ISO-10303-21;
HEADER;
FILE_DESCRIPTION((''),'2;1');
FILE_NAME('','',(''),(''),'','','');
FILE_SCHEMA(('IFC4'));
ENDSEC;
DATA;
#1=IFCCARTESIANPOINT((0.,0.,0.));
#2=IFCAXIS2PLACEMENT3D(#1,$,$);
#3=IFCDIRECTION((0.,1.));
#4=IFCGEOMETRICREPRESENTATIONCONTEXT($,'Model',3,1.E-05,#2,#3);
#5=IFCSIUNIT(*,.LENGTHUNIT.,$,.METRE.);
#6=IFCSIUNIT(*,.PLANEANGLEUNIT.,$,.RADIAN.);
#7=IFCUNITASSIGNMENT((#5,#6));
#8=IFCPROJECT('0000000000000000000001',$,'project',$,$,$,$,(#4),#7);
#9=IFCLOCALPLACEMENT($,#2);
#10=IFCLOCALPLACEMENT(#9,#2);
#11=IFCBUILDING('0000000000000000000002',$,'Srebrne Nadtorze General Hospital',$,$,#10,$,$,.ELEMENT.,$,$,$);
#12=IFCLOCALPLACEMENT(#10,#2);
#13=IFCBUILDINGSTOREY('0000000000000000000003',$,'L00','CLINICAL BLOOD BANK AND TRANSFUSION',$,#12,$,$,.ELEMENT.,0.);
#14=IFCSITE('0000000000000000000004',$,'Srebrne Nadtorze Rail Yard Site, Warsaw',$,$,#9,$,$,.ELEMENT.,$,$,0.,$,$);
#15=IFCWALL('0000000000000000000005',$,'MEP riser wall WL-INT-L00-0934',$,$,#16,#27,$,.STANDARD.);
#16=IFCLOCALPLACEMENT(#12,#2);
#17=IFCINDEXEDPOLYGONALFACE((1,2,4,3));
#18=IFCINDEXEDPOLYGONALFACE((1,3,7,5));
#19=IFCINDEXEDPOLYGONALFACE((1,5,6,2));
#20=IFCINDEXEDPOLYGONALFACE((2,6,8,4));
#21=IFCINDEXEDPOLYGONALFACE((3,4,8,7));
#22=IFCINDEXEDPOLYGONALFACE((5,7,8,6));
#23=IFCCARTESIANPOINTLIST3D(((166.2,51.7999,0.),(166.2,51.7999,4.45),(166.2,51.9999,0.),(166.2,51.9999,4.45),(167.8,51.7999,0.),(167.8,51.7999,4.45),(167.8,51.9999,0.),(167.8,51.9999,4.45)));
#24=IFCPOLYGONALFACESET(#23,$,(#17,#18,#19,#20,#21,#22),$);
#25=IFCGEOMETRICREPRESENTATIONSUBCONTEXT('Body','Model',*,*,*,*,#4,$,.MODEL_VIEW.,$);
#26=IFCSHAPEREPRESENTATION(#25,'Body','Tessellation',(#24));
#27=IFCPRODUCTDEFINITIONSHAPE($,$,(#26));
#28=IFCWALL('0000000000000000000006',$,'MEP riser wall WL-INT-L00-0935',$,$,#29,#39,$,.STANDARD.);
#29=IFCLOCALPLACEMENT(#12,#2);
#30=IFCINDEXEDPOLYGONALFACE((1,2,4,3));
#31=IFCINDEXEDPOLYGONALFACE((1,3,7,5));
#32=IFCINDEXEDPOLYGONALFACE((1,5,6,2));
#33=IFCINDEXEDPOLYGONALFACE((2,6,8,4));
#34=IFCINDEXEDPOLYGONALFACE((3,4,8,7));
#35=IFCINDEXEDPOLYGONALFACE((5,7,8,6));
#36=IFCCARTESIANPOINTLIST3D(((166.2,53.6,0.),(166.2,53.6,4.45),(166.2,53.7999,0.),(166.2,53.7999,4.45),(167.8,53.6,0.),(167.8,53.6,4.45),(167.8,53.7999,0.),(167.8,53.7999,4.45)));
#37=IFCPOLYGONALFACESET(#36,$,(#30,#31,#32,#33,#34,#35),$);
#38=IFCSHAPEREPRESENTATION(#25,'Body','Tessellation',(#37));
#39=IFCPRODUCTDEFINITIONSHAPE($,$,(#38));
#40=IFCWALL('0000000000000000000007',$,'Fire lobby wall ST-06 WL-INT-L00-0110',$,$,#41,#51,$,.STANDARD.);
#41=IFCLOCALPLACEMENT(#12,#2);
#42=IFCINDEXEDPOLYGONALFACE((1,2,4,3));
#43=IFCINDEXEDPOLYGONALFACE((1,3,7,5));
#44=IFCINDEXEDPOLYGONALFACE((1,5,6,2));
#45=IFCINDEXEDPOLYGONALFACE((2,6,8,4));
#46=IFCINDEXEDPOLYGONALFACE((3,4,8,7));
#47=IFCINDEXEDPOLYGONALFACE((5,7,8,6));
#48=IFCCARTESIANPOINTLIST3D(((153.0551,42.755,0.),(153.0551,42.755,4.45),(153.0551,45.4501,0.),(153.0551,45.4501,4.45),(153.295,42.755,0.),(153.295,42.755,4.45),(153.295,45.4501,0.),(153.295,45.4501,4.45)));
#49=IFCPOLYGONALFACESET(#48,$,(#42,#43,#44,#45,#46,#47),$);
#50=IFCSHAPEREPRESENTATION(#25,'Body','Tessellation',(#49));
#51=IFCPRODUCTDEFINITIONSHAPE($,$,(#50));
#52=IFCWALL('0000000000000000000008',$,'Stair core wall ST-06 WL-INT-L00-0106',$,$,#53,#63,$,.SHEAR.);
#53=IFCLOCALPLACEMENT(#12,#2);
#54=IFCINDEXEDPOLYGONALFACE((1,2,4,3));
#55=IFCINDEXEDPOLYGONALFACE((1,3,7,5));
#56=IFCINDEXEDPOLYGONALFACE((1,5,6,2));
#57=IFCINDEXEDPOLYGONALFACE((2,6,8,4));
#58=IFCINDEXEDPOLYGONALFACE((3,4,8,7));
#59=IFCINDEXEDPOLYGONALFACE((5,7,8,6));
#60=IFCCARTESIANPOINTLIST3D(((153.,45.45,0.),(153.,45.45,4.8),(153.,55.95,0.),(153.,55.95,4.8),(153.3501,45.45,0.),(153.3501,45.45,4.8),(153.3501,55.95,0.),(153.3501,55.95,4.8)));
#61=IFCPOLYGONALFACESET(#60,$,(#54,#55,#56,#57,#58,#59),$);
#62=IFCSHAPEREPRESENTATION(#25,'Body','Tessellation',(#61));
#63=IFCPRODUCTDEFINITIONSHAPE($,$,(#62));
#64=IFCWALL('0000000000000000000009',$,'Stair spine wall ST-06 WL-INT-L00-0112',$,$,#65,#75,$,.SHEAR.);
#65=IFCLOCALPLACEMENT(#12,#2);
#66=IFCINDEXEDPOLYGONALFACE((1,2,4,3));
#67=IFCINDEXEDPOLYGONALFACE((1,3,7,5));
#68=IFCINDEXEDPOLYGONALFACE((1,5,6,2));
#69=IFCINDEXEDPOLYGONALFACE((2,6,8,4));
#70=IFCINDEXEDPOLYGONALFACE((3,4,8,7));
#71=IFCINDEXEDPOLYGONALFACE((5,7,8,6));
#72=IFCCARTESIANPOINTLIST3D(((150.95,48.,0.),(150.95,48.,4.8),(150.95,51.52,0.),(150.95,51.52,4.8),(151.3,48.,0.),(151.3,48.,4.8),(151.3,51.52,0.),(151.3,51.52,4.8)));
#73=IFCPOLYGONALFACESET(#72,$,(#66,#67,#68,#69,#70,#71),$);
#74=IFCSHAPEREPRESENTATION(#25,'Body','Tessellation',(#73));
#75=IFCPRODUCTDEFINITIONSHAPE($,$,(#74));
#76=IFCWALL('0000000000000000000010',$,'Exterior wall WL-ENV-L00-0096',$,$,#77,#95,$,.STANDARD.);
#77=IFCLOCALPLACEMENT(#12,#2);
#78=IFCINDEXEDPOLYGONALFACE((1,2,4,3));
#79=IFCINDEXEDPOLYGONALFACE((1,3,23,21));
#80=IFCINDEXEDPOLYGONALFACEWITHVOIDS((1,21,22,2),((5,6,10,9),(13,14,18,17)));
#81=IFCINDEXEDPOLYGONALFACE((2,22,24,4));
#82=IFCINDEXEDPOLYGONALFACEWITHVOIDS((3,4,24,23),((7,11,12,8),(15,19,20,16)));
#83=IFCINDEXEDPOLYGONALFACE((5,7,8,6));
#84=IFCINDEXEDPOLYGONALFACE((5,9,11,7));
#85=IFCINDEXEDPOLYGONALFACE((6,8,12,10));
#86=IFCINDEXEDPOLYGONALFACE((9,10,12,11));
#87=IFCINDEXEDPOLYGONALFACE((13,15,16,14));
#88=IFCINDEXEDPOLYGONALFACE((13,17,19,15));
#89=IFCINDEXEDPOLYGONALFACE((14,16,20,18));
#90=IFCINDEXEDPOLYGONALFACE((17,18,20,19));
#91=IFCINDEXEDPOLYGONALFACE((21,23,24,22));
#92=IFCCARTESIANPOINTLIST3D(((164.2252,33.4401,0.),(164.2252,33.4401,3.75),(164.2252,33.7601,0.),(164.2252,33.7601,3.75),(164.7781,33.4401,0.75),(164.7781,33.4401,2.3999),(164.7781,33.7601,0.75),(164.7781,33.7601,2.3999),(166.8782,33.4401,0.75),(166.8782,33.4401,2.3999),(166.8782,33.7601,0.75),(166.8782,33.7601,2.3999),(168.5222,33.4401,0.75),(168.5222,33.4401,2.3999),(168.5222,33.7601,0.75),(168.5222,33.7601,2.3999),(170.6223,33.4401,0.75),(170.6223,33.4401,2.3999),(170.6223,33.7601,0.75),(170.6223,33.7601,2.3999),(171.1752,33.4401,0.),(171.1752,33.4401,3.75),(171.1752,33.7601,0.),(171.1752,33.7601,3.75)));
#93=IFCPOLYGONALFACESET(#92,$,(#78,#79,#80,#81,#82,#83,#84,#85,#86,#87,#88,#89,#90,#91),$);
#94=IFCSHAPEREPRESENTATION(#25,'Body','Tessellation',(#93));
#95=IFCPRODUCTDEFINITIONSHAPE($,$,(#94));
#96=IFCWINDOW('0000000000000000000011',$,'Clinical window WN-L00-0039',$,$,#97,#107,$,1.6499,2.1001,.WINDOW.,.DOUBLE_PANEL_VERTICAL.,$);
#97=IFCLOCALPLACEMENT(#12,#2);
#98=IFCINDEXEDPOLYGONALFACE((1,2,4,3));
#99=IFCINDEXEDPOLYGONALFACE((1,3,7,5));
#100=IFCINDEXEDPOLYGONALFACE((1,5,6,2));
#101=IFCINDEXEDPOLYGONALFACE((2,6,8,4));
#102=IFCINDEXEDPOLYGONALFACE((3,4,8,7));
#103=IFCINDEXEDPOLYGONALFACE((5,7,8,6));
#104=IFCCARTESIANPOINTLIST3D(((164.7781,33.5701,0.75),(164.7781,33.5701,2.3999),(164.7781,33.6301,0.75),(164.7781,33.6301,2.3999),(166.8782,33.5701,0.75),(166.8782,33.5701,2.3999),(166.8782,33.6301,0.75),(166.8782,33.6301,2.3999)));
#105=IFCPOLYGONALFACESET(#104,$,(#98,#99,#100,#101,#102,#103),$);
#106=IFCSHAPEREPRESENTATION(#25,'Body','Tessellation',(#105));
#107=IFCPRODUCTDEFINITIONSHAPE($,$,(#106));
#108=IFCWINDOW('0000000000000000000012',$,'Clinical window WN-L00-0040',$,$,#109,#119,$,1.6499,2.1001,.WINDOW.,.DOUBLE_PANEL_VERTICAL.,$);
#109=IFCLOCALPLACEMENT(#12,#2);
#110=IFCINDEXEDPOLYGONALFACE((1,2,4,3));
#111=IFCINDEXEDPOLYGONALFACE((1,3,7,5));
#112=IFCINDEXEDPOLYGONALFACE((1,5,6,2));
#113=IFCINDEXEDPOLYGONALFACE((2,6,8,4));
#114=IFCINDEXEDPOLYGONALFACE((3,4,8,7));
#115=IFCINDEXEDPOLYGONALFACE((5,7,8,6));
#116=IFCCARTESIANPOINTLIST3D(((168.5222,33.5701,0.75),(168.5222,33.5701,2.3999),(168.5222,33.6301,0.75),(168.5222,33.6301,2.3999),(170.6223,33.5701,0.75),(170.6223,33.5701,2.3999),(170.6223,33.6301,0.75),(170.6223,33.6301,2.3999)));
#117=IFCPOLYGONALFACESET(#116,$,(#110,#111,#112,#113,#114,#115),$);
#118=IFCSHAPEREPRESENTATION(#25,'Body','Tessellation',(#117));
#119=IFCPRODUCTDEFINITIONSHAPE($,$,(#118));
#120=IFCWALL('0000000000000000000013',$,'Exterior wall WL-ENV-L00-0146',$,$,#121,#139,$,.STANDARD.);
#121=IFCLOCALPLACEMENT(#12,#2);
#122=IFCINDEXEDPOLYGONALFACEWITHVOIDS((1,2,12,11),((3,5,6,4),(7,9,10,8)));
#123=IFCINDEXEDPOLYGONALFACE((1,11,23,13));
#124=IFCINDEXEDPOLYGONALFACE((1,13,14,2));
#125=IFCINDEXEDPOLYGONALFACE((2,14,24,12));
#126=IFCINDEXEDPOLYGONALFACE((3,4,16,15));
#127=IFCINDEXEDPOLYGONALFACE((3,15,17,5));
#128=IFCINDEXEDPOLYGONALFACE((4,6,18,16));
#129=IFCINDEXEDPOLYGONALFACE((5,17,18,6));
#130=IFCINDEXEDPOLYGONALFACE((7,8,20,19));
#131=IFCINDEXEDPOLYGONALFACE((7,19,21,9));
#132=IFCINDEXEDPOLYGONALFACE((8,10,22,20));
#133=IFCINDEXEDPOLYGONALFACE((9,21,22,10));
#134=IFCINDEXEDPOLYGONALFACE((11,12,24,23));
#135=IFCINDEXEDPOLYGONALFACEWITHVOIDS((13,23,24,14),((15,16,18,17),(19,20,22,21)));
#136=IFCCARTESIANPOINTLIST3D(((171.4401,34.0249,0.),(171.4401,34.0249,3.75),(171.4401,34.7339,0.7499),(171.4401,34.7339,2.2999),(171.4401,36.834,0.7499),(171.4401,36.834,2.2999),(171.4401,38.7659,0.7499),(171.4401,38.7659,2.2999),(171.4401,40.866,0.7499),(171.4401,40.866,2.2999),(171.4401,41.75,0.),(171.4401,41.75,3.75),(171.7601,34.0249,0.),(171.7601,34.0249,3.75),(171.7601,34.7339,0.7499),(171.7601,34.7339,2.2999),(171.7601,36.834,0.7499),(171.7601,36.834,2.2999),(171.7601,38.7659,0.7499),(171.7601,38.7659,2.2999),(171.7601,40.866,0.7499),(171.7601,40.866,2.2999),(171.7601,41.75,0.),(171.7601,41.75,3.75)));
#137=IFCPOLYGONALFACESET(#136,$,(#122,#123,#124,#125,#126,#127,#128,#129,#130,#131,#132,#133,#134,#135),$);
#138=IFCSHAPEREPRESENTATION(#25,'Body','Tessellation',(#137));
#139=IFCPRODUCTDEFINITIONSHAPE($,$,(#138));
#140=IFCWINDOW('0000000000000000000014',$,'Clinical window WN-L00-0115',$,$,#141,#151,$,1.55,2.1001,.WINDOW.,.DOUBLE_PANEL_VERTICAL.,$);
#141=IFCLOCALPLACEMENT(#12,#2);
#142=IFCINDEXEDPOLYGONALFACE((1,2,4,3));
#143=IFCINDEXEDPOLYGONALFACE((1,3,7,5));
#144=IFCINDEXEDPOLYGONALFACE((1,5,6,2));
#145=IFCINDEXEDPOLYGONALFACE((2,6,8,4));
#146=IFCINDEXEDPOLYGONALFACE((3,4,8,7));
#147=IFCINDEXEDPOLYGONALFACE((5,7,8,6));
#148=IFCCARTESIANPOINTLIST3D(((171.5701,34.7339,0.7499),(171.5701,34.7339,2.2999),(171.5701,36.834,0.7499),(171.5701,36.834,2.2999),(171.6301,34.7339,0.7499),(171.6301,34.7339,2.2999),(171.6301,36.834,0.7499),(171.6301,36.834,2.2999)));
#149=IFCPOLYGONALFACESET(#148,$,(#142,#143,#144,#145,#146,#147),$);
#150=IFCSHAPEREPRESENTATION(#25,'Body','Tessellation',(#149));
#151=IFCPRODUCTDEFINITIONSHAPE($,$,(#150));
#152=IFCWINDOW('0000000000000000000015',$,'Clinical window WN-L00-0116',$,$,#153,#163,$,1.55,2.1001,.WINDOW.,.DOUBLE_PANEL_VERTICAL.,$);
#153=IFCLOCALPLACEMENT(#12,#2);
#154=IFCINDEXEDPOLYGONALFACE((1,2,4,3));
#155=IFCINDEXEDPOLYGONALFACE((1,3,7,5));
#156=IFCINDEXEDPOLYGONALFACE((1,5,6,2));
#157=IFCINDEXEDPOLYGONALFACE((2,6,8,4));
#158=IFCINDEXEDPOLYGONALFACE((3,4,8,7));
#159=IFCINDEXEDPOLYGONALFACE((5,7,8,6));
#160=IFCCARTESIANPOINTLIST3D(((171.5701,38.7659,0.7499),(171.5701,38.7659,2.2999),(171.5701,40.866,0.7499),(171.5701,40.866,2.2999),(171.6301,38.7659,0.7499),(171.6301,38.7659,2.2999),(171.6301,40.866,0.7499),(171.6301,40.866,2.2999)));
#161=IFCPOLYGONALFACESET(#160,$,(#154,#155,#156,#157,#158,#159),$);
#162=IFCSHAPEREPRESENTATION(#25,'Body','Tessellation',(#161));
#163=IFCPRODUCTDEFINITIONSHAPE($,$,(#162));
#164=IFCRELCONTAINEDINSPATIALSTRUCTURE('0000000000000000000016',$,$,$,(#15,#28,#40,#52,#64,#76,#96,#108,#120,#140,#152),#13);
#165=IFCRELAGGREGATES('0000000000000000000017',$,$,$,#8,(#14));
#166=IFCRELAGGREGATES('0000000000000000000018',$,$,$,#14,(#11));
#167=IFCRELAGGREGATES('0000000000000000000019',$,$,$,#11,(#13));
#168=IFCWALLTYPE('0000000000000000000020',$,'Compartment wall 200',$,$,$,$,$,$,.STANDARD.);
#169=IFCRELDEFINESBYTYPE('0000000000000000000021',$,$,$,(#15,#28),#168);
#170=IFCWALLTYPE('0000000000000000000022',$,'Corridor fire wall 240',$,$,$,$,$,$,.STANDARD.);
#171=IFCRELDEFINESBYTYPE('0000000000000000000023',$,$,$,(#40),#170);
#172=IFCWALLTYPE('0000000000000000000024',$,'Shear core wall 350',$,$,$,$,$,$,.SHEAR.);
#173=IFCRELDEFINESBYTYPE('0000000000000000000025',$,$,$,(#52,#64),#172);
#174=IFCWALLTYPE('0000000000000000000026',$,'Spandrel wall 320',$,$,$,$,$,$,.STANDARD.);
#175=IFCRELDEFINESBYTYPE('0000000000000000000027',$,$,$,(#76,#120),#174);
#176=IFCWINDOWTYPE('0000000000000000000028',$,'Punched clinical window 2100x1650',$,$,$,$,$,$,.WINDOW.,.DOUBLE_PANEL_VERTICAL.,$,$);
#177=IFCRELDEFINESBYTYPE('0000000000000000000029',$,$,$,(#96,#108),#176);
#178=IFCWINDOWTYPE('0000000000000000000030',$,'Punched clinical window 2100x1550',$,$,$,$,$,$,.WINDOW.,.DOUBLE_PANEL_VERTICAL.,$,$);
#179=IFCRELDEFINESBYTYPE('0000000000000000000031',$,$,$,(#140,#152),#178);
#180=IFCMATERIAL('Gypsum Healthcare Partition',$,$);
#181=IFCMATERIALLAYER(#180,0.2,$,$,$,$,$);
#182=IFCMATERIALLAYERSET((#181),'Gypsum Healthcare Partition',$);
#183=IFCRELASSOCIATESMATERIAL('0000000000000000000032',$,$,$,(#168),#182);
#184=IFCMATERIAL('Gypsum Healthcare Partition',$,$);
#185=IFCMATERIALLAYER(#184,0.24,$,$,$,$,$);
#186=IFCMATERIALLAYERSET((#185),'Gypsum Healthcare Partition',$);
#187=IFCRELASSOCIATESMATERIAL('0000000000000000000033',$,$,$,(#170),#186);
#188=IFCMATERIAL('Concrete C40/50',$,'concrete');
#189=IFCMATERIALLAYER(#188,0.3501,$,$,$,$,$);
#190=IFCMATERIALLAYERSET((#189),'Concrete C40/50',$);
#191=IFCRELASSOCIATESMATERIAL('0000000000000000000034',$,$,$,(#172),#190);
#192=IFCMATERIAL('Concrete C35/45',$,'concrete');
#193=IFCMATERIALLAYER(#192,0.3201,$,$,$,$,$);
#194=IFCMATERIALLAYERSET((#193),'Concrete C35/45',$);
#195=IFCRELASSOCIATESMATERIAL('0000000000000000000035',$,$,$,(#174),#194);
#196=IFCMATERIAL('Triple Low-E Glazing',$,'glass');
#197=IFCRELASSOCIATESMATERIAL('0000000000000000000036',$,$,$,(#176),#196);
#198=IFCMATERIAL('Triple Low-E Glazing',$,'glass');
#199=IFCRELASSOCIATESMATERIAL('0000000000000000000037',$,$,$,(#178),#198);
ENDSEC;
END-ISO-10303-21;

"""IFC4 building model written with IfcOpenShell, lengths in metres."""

from ifc_helpers import new_model, si_unit, direction, frame, frame_2d, origin, place, context, subcontext, project, spatial, rectangle, extrude, material, layer, layer_set, type_object, element, fill, save


model = new_model("IFC4")

# Units and contexts
model_context = context("Model", 3, precision=1e-05, world=origin(), true_north=direction((0.0, 1.0)))
body_context = subcontext(model_context, "Body", "Model", "MODEL_VIEW")
ifc_project = project(units=[si_unit("LENGTHUNIT", "METRE"), si_unit("PLANEANGLEUNIT", "RADIAN")], contexts=[model_context])

# Site, building, storey
site_placement = place(None, origin())
site = spatial("IfcSite", under=ifc_project, at=site_placement, Name="Srebrne Nadtorze Rail Yard Site, Warsaw", CompositionType="ELEMENT", RefElevation=0.0)
building_placement = place(site_placement, origin())
building = spatial("IfcBuilding", under=site, at=building_placement, Name="Srebrne Nadtorze General Hospital", CompositionType="ELEMENT")
storey_placement = place(building_placement, origin())
storey = spatial("IfcBuildingStorey", under=building, at=storey_placement, Name="L00", Description="CLINICAL BLOOD BANK AND TRANSFUSION", CompositionType="ELEMENT", Elevation=0.0)

# Walls
ifc_material_1 = material(Name="Gypsum Healthcare Partition")
ifc_layer_1 = layer(ifc_material_1, 0.2)
ifc_layer_set_1 = layer_set([ifc_layer_1], Name="Gypsum Healthcare Partition")
wall_type_1 = type_object("IfcWallType", Name="Compartment wall 200", PredefinedType="STANDARD", material=ifc_layer_set_1)
for number, where, z_axis, x_axis, name in (
    (1, (166.2, 51.8999, 0.0), (0.0, 0.0, 1.0), (1.0, 0.0, 0.0), "MEP riser wall WL-INT-L00-0934"),
    (2, (166.2, 53.7, 0.0), (0.0, 0.0, 1.0), (1.0, 0.0, 0.0), "MEP riser wall WL-INT-L00-0935"),
):
    element("IfcWall", number, at=place(storey_placement, frame(where, z_axis=z_axis, x_axis=x_axis)), inside=storey, type_object=wall_type_1, Name=name, PredefinedType="STANDARD", context=body_context, shape_type="SweptSolid", body=[
        extrude(rectangle(XDim=1.6001, YDim=0.2, at=frame_2d((0.8, 0.0))), origin(), (0.0, 0.0, 1.0), 4.45),
    ])
ifc_material_2 = material(Name="Gypsum Healthcare Partition")
ifc_layer_2 = layer(ifc_material_2, 0.24)
ifc_layer_set_2 = layer_set([ifc_layer_2], Name="Gypsum Healthcare Partition")
wall_type_2 = type_object("IfcWallType", Name="Corridor fire wall 240", PredefinedType="STANDARD", material=ifc_layer_set_2)
wall_1_placement = place(storey_placement, frame((153.175, 42.7549, 0.0), z_axis=(0.0, 0.0, 1.0), x_axis=(0.0, 1.0, 0.0)))
element("IfcWall", 3, at=wall_1_placement, inside=storey, type_object=wall_type_2, Name="Fire lobby wall ST-06 WL-INT-L00-0110", PredefinedType="STANDARD", context=body_context, shape_type="SweptSolid", body=[
    extrude(rectangle(XDim=2.6951, YDim=0.24, at=frame_2d((1.3477, 0.0))), origin(), (0.0, 0.0, 1.0), 4.45),
])
ifc_material_3 = material(Name="Concrete C40/50", Category="concrete")
ifc_layer_3 = layer(ifc_material_3, 0.3501)
ifc_layer_set_3 = layer_set([ifc_layer_3], Name="Concrete C40/50")
wall_type_3 = type_object("IfcWallType", Name="Shear core wall 350", PredefinedType="SHEAR", material=ifc_layer_set_3)
wall_2_placement = place(storey_placement, frame((153.175, 45.45, 0.0), z_axis=(0.0, 0.0, 1.0), x_axis=(0.0, 1.0, 0.0)))
element("IfcWall", 4, at=wall_2_placement, inside=storey, type_object=wall_type_3, Name="Stair core wall ST-06 WL-INT-L00-0106", PredefinedType="SHEAR", context=body_context, shape_type="SweptSolid", body=[
    extrude(rectangle(XDim=10.5, YDim=0.3501, at=frame_2d((5.25, 0.0))), origin(), (0.0, 0.0, 1.0), 4.8),
])
wall_3_placement = place(storey_placement, frame((151.125, 48.0, 0.0), z_axis=(0.0, 0.0, 1.0), x_axis=(0.0, 1.0, 0.0)))
element("IfcWall", 5, at=wall_3_placement, inside=storey, type_object=wall_type_3, Name="Stair spine wall ST-06 WL-INT-L00-0112", PredefinedType="SHEAR", context=body_context, shape_type="SweptSolid", body=[
    extrude(rectangle(XDim=3.52, YDim=0.3501, at=frame_2d((1.76, 0.0))), origin(), (0.0, 0.0, 1.0), 4.8),
])

# Walls, openings, windows
ifc_material_4 = material(Name="Concrete C35/45", Category="concrete")
ifc_layer_4 = layer(ifc_material_4, 0.3201)
ifc_layer_set_4 = layer_set([ifc_layer_4], Name="Concrete C35/45")
wall_type_4 = type_object("IfcWallType", Name="Spandrel wall 320", PredefinedType="STANDARD", material=ifc_layer_set_4)
wall_4_placement = place(storey_placement, frame((164.2251, 33.6001, 0.0), z_axis=(0.0, 0.0, 1.0), x_axis=(1.0, 0.0, 0.0)))
wall_4 = element("IfcWall", 6, at=wall_4_placement, inside=storey, type_object=wall_type_4, Name="Exterior wall WL-ENV-L00-0096", PredefinedType="STANDARD", context=body_context, shape_type="SweptSolid", body=[
    extrude(rectangle(XDim=6.95, YDim=0.3201, at=frame_2d((3.4751, 0.0))), origin(), (0.0, 0.0, 1.0), 3.75),
])
opening_1_placement = place(wall_4_placement, frame((0.553, 0.0, 0.75)))
opening_1 = element("IfcOpeningElement", 7, at=opening_1_placement, cuts=wall_4, PredefinedType="OPENING", context=body_context, shape_type="SweptSolid", body=[
    extrude(rectangle(XDim=2.1001, YDim=1.6499, at=frame_2d((1.05, 0.825))), frame((0.0, 0.1719, 0.0), z_axis=(0.0, -1.0, 0.0), x_axis=(1.0, 0.0, 0.0)), (0.0, 0.0, 1.0), 0.344),
])
opening_2_placement = place(wall_4_placement, frame((4.2971, 0.0, 0.75)))
opening_2 = element("IfcOpeningElement", 8, at=opening_2_placement, cuts=wall_4, PredefinedType="OPENING", context=body_context, shape_type="SweptSolid", body=[
    extrude(rectangle(XDim=2.1001, YDim=1.6499, at=frame_2d((1.05, 0.825))), frame((0.0, 0.1719, 0.0), z_axis=(0.0, -1.0, 0.0), x_axis=(1.0, 0.0, 0.0)), (0.0, 0.0, 1.0), 0.344),
])
ifc_material_5 = material(Name="Triple Low-E Glazing", Category="glass")
window_type_1 = type_object("IfcWindowType", Name="Punched clinical window 2100x1650", PartitioningType="DOUBLE_PANEL_VERTICAL", PredefinedType="WINDOW", material=ifc_material_5)
window_1_placement = place(opening_1_placement, origin())
window_1 = element("IfcWindow", 9, at=window_1_placement, inside=storey, type_object=window_type_1, Name="Clinical window WN-L00-0039", OverallHeight=1.6499, OverallWidth=2.1001, PartitioningType="DOUBLE_PANEL_VERTICAL", PredefinedType="WINDOW", context=body_context, shape_type="SweptSolid", body=[
    extrude(rectangle(XDim=2.1001, YDim=1.6499, at=frame_2d((1.05, 0.825))), frame((0.0, 0.03, 0.0), z_axis=(0.0, -1.0, 0.0), x_axis=(1.0, 0.0, 0.0)), (0.0, 0.0, 1.0), 0.0601),
])
fill(opening_1, window_1)
window_2_placement = place(opening_2_placement, origin())
window_2 = element("IfcWindow", 10, at=window_2_placement, inside=storey, type_object=window_type_1, Name="Clinical window WN-L00-0040", OverallHeight=1.6499, OverallWidth=2.1001, PartitioningType="DOUBLE_PANEL_VERTICAL", PredefinedType="WINDOW", context=body_context, shape_type="SweptSolid", body=[
    extrude(rectangle(XDim=2.1001, YDim=1.6499, at=frame_2d((1.05, 0.825))), frame((0.0, 0.03, 0.0), z_axis=(0.0, -1.0, 0.0), x_axis=(1.0, 0.0, 0.0)), (0.0, 0.0, 1.0), 0.0601),
])
fill(opening_2, window_2)
wall_5_placement = place(storey_placement, frame((171.6001, 34.0249, 0.0), z_axis=(0.0, 0.0, 1.0), x_axis=(0.0, 1.0, 0.0)))
wall_5 = element("IfcWall", 11, at=wall_5_placement, inside=storey, type_object=wall_type_4, Name="Exterior wall WL-ENV-L00-0146", PredefinedType="STANDARD", context=body_context, shape_type="SweptSolid", body=[
    extrude(rectangle(XDim=7.7251, YDim=0.3201, at=frame_2d((3.8625, 0.0))), origin(), (0.0, 0.0, 1.0), 3.75),
])
opening_3_placement = place(wall_5_placement, frame((0.709, 0.0, 0.75)))
opening_3 = element("IfcOpeningElement", 12, at=opening_3_placement, cuts=wall_5, PredefinedType="OPENING", context=body_context, shape_type="SweptSolid", body=[
    extrude(rectangle(XDim=2.1001, YDim=1.55, at=frame_2d((1.05, 0.7749))), frame((0.0, 0.1719, 0.0), z_axis=(0.0, -1.0, 0.0), x_axis=(1.0, 0.0, 0.0)), (0.0, 0.0, 1.0), 0.344),
])
opening_4_placement = place(wall_5_placement, frame((4.741, 0.0, 0.75)))
opening_4 = element("IfcOpeningElement", 13, at=opening_4_placement, cuts=wall_5, PredefinedType="OPENING", context=body_context, shape_type="SweptSolid", body=[
    extrude(rectangle(XDim=2.1001, YDim=1.55, at=frame_2d((1.05, 0.7749))), frame((0.0, 0.1719, 0.0), z_axis=(0.0, -1.0, 0.0), x_axis=(1.0, 0.0, 0.0)), (0.0, 0.0, 1.0), 0.344),
])
ifc_material_6 = material(Name="Triple Low-E Glazing", Category="glass")
window_type_2 = type_object("IfcWindowType", Name="Punched clinical window 2100x1550", PartitioningType="DOUBLE_PANEL_VERTICAL", PredefinedType="WINDOW", material=ifc_material_6)
window_3_placement = place(opening_3_placement, origin())
window_3 = element("IfcWindow", 14, at=window_3_placement, inside=storey, type_object=window_type_2, Name="Clinical window WN-L00-0115", OverallHeight=1.55, OverallWidth=2.1001, PartitioningType="DOUBLE_PANEL_VERTICAL", PredefinedType="WINDOW", context=body_context, shape_type="SweptSolid", body=[
    extrude(rectangle(XDim=2.1001, YDim=1.55, at=frame_2d((1.05, 0.7749))), frame((0.0, 0.03, 0.0), z_axis=(0.0, -1.0, 0.0), x_axis=(1.0, 0.0, 0.0)), (0.0, 0.0, 1.0), 0.0601),
])
fill(opening_3, window_3)
window_4_placement = place(opening_4_placement, origin())
window_4 = element("IfcWindow", 15, at=window_4_placement, inside=storey, type_object=window_type_2, Name="Clinical window WN-L00-0116", OverallHeight=1.55, OverallWidth=2.1001, PartitioningType="DOUBLE_PANEL_VERTICAL", PredefinedType="WINDOW", context=body_context, shape_type="SweptSolid", body=[
    extrude(rectangle(XDim=2.1001, YDim=1.55, at=frame_2d((1.05, 0.7749))), frame((0.0, 0.03, 0.0), z_axis=(0.0, -1.0, 0.0), x_axis=(1.0, 0.0, 0.0)), (0.0, 0.0, 1.0), 0.0601),
])
fill(opening_4, window_4)

save(model, "model.ifc")
